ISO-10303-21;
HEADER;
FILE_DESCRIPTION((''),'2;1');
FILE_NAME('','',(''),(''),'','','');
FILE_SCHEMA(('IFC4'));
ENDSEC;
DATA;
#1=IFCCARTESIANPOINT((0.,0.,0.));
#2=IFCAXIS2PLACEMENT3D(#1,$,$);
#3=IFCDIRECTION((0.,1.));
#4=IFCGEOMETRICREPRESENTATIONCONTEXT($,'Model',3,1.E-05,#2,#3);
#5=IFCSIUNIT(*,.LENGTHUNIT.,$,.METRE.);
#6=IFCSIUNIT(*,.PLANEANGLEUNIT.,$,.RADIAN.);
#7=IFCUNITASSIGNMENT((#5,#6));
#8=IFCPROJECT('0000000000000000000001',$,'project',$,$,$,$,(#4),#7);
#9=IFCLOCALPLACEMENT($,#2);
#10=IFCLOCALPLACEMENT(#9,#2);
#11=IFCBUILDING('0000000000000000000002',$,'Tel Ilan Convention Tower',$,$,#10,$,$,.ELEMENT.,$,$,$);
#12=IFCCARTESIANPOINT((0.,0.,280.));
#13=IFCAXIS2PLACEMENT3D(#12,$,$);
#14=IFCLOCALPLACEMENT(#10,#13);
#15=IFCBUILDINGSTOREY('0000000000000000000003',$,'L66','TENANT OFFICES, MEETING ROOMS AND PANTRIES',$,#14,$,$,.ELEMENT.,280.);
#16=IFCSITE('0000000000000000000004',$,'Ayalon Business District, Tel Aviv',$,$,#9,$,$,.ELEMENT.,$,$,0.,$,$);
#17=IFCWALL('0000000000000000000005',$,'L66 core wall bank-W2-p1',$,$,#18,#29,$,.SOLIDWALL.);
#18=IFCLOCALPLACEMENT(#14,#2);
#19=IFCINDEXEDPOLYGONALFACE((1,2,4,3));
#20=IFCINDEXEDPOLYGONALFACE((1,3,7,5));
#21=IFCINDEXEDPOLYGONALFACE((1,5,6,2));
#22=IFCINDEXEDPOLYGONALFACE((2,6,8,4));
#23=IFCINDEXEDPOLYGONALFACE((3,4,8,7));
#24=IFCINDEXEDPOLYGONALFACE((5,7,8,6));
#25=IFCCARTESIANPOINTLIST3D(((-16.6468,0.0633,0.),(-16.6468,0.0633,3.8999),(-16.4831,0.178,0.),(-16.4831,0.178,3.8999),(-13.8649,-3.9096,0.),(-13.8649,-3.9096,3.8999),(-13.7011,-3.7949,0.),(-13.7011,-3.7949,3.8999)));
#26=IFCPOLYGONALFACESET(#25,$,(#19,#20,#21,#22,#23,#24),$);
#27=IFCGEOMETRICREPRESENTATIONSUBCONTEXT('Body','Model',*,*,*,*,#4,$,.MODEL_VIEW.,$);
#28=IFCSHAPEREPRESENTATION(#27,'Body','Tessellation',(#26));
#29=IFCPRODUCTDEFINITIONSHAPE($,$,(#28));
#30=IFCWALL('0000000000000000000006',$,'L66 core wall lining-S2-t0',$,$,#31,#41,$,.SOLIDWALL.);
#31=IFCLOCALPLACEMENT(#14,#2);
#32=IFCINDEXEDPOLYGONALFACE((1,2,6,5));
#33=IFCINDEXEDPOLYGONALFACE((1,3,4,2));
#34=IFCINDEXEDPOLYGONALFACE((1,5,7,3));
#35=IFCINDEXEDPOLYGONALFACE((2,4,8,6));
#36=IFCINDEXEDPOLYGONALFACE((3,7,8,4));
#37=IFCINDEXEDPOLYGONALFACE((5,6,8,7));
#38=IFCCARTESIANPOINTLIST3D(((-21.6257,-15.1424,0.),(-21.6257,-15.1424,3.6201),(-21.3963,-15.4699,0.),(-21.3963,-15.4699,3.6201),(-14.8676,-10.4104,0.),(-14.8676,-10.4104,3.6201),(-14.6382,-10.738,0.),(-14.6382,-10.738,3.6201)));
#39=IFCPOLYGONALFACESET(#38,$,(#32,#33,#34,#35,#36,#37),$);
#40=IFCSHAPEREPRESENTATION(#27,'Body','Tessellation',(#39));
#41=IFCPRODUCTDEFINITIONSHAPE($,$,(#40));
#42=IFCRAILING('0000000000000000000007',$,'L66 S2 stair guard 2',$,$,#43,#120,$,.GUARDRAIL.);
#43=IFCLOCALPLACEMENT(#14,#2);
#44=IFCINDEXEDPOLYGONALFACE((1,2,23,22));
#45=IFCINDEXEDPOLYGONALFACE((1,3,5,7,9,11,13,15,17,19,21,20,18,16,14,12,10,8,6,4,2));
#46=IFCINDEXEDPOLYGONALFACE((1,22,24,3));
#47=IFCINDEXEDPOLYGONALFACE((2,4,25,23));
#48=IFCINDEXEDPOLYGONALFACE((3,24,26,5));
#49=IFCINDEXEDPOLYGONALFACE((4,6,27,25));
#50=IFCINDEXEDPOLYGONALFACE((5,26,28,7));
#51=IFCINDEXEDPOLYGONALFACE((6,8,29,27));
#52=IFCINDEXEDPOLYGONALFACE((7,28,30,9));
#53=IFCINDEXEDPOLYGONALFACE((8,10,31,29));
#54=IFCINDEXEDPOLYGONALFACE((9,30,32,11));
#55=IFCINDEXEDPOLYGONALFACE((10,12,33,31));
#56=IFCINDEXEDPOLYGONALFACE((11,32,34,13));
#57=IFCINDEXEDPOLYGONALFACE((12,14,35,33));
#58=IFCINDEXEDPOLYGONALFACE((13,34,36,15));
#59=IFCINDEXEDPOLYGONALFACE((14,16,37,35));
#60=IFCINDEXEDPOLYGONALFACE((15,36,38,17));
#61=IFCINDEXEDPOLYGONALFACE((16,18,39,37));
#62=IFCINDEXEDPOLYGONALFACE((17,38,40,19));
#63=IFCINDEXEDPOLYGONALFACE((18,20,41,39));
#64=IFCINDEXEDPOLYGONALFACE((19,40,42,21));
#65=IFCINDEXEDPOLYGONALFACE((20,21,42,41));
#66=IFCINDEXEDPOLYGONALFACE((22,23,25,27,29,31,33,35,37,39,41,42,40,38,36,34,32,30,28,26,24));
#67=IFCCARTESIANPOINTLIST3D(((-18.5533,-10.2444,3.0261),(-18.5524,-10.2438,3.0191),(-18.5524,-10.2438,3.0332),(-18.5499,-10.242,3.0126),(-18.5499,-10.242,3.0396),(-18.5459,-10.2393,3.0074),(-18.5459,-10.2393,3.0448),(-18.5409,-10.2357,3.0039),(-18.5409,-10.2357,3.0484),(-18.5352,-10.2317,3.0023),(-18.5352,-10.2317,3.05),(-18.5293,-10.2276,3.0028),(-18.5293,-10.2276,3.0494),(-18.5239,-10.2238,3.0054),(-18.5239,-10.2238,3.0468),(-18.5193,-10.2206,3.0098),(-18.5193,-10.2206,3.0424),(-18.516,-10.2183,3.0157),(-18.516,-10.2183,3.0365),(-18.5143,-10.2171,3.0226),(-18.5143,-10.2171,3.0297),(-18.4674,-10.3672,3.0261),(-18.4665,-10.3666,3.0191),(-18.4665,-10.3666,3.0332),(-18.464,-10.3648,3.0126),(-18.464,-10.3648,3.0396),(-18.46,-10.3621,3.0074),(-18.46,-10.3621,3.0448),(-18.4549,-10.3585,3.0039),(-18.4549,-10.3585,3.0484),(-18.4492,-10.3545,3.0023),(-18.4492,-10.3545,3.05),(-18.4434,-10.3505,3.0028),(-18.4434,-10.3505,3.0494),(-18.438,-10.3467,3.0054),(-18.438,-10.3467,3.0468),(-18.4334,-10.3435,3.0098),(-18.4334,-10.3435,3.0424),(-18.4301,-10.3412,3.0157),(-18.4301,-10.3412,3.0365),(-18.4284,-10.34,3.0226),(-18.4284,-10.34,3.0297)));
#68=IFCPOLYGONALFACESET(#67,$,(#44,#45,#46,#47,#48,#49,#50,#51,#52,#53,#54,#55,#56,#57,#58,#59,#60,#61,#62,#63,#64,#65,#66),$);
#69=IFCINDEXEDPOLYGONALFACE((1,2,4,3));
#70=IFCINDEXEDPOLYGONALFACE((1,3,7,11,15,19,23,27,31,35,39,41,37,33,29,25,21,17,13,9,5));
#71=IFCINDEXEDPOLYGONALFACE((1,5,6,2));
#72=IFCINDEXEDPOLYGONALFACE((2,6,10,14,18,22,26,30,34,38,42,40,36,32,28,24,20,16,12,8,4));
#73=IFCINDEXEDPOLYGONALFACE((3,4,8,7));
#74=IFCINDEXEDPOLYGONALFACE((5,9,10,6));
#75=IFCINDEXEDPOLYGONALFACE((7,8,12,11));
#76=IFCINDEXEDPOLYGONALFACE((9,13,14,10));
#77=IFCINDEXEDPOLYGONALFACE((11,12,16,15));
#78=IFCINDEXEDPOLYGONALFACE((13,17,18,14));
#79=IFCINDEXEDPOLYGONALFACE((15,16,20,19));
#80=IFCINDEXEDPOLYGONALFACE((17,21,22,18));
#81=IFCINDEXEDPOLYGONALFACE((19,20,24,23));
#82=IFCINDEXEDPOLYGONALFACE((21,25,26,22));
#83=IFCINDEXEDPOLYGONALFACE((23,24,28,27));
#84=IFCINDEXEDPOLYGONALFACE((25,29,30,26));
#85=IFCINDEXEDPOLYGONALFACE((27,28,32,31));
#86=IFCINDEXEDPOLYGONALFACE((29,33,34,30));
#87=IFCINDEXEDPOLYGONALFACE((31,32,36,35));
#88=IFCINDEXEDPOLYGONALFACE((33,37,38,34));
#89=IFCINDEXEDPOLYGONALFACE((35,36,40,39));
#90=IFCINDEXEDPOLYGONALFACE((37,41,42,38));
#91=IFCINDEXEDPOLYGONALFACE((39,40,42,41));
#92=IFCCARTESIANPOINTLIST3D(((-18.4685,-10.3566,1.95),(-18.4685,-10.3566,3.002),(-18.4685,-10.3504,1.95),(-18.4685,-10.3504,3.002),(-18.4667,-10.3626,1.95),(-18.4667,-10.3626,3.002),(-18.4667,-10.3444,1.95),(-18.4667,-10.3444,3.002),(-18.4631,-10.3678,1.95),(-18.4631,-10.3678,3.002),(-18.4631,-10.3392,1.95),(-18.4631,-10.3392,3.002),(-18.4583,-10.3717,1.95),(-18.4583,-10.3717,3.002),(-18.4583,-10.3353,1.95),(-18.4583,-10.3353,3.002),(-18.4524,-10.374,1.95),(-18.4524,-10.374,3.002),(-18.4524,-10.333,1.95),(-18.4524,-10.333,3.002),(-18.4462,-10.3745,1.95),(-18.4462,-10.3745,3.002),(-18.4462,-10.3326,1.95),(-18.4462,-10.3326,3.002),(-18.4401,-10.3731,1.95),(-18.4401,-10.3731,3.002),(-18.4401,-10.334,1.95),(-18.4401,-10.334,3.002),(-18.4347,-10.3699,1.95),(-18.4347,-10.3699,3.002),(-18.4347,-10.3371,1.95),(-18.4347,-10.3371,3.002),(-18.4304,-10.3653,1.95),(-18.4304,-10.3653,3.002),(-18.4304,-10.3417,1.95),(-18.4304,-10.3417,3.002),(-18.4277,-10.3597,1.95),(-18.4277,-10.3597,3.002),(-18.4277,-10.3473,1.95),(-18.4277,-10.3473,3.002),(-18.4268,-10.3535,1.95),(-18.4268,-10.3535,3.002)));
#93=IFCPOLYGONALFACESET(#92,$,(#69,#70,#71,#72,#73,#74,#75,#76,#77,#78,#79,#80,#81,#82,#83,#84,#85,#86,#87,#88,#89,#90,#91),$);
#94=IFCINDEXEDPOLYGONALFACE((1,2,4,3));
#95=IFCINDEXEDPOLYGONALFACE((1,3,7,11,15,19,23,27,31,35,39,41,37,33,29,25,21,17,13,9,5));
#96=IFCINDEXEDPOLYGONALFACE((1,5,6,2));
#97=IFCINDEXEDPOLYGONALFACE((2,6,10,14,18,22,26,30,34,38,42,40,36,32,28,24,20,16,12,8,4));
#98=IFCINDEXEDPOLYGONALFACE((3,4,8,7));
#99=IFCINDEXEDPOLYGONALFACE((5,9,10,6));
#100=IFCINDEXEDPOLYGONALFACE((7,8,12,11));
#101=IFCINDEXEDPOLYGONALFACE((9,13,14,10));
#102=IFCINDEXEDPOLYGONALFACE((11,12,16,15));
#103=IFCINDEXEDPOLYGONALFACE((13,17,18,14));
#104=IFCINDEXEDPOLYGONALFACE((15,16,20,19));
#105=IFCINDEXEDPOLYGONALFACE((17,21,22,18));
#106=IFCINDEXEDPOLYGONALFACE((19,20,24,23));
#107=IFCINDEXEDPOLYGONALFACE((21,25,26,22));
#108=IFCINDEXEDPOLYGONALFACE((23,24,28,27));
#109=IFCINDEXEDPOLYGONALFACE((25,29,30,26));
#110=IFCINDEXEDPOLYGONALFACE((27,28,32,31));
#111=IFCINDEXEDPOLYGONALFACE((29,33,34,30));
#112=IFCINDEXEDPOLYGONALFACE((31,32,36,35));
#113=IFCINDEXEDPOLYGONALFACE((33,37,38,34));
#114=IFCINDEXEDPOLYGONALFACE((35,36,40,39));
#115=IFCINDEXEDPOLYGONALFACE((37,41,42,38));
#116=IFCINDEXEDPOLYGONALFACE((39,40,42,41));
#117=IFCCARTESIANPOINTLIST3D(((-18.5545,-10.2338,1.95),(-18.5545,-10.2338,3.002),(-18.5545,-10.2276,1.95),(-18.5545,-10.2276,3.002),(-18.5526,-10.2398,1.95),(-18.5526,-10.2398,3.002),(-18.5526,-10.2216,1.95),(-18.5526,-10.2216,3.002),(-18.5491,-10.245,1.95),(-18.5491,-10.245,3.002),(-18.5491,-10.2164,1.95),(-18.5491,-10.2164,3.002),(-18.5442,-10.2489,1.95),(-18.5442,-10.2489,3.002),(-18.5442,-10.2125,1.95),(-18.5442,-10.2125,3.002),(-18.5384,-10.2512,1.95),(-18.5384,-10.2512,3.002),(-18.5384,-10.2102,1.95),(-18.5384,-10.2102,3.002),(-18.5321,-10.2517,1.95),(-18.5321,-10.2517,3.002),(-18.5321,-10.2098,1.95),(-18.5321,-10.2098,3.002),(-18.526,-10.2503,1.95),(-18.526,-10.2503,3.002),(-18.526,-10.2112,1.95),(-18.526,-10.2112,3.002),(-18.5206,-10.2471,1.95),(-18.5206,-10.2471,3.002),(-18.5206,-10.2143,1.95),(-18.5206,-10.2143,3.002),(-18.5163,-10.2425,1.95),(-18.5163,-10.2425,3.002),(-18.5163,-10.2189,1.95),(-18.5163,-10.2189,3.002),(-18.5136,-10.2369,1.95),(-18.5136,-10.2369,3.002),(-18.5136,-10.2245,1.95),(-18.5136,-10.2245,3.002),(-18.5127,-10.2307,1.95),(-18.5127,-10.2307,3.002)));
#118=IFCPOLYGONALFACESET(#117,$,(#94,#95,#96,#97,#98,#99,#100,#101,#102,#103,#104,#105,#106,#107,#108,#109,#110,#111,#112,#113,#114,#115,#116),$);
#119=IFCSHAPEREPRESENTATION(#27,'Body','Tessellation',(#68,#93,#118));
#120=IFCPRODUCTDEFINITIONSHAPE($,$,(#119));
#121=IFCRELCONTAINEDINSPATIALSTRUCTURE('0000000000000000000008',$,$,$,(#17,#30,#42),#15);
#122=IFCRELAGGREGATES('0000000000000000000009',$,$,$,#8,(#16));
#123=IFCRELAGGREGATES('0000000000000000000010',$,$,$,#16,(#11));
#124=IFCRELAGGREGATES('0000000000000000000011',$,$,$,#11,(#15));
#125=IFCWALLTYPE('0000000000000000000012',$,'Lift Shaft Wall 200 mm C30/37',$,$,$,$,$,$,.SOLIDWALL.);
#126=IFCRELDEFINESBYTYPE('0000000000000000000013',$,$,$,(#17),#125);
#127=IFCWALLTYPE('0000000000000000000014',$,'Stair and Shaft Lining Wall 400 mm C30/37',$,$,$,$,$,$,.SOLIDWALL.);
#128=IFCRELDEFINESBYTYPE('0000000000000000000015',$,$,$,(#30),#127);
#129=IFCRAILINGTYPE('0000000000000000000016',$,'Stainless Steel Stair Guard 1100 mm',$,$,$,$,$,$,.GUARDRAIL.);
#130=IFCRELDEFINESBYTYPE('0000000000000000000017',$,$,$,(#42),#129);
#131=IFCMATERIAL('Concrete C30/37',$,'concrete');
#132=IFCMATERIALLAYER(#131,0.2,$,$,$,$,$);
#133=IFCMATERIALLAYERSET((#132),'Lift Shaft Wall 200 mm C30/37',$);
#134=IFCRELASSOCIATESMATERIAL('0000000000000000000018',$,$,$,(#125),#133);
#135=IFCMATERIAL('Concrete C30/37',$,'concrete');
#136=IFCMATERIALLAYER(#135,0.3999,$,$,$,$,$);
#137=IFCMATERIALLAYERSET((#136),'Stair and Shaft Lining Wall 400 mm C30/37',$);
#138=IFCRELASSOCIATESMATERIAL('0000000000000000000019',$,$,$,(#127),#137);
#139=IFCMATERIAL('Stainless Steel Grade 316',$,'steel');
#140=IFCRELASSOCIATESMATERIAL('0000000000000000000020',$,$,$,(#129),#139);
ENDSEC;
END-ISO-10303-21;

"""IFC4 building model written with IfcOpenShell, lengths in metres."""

from ifc_helpers import new_model, si_unit, direction, frame, frame_2d, origin, origin_2d, place, context, subcontext, project, spatial, rectangle, circle, extrude, material, layer, layer_set, type_object, element, save


model = new_model("IFC4")

# Units and contexts
model_context = context("Model", 3, precision=1e-05, world=origin(), true_north=direction((0.0, 1.0)))
body_context = subcontext(model_context, "Body", "Model", "MODEL_VIEW")
ifc_project = project(units=[si_unit("LENGTHUNIT", "METRE"), si_unit("PLANEANGLEUNIT", "RADIAN")], contexts=[model_context])

# Site, building, storey
site_placement = place(None, origin())
site = spatial("IfcSite", under=ifc_project, at=site_placement, Name="Ayalon Business District, Tel Aviv", CompositionType="ELEMENT", RefElevation=0.0)
building_placement = place(site_placement, origin())
building = spatial("IfcBuilding", under=site, at=building_placement, Name="Tel Ilan Convention Tower", CompositionType="ELEMENT")
storey_placement = place(building_placement, frame((0.0, 0.0, 280.0)))
storey = spatial("IfcBuildingStorey", under=building, at=storey_placement, Name="L66", Description="TENANT OFFICES, MEETING ROOMS AND PANTRIES", CompositionType="ELEMENT", Elevation=280.0)

# Walls
ifc_material_1 = material(Name="Concrete C30/37", Category="concrete")
ifc_layer_1 = layer(ifc_material_1, 0.2)
ifc_layer_set_1 = layer_set([ifc_layer_1], Name="Lift Shaft Wall 200 mm C30/37")
wall_type_1 = type_object("IfcWallType", Name="Lift Shaft Wall 200 mm C30/37", PredefinedType="SOLIDWALL", material=ifc_layer_set_1)
wall_1_placement = place(storey_placement, frame((-13.783, -3.8523, 0.0), z_axis=(0.0, 0.0, 1.0), x_axis=(-0.573594, 0.81914, 0.0)))
element("IfcWall", 1, at=wall_1_placement, inside=storey, type_object=wall_type_1, Name="L66 core wall bank-W2-p1", PredefinedType="SOLIDWALL", context=body_context, shape_type="SweptSolid", body=[
    extrude(rectangle(XDim=4.8501, YDim=0.2, at=frame_2d((2.425, 0.0))), origin(), (0.0, 0.0, 1.0), 3.8999),
])
ifc_material_2 = material(Name="Concrete C30/37", Category="concrete")
ifc_layer_2 = layer(ifc_material_2, 0.3999)
ifc_layer_set_2 = layer_set([ifc_layer_2], Name="Stair and Shaft Lining Wall 400 mm C30/37")
wall_type_2 = type_object("IfcWallType", Name="Stair and Shaft Lining Wall 400 mm C30/37", PredefinedType="SOLIDWALL", material=ifc_layer_set_2)
wall_2_placement = place(storey_placement, frame((-14.7529, -10.5742, 0.0), z_axis=(0.0, 0.0, 1.0), x_axis=(-0.819158, -0.573568, 0.0)))
element("IfcWall", 2, at=wall_2_placement, inside=storey, type_object=wall_type_2, Name="L66 core wall lining-S2-t0", PredefinedType="SOLIDWALL", context=body_context, shape_type="SweptSolid", body=[
    extrude(rectangle(XDim=8.25, YDim=0.3999, at=frame_2d((4.125, 0.0))), origin(), (0.0, 0.0, 1.0), 3.6201),
])

# Railing
ifc_material_3 = material(Name="Stainless Steel Grade 316", Category="steel")
railing_type = type_object("IfcRailingType", Name="Stainless Steel Stair Guard 1100 mm", PredefinedType="GUARDRAIL", material=ifc_material_3)
railing_placement = place(storey_placement, frame((-18.4478, -10.3535, 1.95)))
element("IfcRailing", 3, at=railing_placement, inside=storey, type_object=railing_type, Name="L66 S2 stair guard 2", PredefinedType="GUARDRAIL", context=body_context, shape_type="SweptSolid", body=[
    extrude(circle(Radius=0.0239, at=origin_2d()), frame((0.0, 0.0, 1.0762), z_axis=(-0.573353, 0.819308, 0.0), x_axis=(-0.819308, -0.573353, 0.0)), (0.0, 0.0, 1.0), 0.1499),
    extrude(circle(Radius=0.021, at=origin_2d()), origin(), (0.0, 0.0, 1.0), 1.052),
    extrude(circle(Radius=0.021, at=origin_2d()), frame((-0.0859, 0.1228, 0.0)), (0.0, 0.0, 1.0), 1.052),
])

save(model, "model.ifc")
